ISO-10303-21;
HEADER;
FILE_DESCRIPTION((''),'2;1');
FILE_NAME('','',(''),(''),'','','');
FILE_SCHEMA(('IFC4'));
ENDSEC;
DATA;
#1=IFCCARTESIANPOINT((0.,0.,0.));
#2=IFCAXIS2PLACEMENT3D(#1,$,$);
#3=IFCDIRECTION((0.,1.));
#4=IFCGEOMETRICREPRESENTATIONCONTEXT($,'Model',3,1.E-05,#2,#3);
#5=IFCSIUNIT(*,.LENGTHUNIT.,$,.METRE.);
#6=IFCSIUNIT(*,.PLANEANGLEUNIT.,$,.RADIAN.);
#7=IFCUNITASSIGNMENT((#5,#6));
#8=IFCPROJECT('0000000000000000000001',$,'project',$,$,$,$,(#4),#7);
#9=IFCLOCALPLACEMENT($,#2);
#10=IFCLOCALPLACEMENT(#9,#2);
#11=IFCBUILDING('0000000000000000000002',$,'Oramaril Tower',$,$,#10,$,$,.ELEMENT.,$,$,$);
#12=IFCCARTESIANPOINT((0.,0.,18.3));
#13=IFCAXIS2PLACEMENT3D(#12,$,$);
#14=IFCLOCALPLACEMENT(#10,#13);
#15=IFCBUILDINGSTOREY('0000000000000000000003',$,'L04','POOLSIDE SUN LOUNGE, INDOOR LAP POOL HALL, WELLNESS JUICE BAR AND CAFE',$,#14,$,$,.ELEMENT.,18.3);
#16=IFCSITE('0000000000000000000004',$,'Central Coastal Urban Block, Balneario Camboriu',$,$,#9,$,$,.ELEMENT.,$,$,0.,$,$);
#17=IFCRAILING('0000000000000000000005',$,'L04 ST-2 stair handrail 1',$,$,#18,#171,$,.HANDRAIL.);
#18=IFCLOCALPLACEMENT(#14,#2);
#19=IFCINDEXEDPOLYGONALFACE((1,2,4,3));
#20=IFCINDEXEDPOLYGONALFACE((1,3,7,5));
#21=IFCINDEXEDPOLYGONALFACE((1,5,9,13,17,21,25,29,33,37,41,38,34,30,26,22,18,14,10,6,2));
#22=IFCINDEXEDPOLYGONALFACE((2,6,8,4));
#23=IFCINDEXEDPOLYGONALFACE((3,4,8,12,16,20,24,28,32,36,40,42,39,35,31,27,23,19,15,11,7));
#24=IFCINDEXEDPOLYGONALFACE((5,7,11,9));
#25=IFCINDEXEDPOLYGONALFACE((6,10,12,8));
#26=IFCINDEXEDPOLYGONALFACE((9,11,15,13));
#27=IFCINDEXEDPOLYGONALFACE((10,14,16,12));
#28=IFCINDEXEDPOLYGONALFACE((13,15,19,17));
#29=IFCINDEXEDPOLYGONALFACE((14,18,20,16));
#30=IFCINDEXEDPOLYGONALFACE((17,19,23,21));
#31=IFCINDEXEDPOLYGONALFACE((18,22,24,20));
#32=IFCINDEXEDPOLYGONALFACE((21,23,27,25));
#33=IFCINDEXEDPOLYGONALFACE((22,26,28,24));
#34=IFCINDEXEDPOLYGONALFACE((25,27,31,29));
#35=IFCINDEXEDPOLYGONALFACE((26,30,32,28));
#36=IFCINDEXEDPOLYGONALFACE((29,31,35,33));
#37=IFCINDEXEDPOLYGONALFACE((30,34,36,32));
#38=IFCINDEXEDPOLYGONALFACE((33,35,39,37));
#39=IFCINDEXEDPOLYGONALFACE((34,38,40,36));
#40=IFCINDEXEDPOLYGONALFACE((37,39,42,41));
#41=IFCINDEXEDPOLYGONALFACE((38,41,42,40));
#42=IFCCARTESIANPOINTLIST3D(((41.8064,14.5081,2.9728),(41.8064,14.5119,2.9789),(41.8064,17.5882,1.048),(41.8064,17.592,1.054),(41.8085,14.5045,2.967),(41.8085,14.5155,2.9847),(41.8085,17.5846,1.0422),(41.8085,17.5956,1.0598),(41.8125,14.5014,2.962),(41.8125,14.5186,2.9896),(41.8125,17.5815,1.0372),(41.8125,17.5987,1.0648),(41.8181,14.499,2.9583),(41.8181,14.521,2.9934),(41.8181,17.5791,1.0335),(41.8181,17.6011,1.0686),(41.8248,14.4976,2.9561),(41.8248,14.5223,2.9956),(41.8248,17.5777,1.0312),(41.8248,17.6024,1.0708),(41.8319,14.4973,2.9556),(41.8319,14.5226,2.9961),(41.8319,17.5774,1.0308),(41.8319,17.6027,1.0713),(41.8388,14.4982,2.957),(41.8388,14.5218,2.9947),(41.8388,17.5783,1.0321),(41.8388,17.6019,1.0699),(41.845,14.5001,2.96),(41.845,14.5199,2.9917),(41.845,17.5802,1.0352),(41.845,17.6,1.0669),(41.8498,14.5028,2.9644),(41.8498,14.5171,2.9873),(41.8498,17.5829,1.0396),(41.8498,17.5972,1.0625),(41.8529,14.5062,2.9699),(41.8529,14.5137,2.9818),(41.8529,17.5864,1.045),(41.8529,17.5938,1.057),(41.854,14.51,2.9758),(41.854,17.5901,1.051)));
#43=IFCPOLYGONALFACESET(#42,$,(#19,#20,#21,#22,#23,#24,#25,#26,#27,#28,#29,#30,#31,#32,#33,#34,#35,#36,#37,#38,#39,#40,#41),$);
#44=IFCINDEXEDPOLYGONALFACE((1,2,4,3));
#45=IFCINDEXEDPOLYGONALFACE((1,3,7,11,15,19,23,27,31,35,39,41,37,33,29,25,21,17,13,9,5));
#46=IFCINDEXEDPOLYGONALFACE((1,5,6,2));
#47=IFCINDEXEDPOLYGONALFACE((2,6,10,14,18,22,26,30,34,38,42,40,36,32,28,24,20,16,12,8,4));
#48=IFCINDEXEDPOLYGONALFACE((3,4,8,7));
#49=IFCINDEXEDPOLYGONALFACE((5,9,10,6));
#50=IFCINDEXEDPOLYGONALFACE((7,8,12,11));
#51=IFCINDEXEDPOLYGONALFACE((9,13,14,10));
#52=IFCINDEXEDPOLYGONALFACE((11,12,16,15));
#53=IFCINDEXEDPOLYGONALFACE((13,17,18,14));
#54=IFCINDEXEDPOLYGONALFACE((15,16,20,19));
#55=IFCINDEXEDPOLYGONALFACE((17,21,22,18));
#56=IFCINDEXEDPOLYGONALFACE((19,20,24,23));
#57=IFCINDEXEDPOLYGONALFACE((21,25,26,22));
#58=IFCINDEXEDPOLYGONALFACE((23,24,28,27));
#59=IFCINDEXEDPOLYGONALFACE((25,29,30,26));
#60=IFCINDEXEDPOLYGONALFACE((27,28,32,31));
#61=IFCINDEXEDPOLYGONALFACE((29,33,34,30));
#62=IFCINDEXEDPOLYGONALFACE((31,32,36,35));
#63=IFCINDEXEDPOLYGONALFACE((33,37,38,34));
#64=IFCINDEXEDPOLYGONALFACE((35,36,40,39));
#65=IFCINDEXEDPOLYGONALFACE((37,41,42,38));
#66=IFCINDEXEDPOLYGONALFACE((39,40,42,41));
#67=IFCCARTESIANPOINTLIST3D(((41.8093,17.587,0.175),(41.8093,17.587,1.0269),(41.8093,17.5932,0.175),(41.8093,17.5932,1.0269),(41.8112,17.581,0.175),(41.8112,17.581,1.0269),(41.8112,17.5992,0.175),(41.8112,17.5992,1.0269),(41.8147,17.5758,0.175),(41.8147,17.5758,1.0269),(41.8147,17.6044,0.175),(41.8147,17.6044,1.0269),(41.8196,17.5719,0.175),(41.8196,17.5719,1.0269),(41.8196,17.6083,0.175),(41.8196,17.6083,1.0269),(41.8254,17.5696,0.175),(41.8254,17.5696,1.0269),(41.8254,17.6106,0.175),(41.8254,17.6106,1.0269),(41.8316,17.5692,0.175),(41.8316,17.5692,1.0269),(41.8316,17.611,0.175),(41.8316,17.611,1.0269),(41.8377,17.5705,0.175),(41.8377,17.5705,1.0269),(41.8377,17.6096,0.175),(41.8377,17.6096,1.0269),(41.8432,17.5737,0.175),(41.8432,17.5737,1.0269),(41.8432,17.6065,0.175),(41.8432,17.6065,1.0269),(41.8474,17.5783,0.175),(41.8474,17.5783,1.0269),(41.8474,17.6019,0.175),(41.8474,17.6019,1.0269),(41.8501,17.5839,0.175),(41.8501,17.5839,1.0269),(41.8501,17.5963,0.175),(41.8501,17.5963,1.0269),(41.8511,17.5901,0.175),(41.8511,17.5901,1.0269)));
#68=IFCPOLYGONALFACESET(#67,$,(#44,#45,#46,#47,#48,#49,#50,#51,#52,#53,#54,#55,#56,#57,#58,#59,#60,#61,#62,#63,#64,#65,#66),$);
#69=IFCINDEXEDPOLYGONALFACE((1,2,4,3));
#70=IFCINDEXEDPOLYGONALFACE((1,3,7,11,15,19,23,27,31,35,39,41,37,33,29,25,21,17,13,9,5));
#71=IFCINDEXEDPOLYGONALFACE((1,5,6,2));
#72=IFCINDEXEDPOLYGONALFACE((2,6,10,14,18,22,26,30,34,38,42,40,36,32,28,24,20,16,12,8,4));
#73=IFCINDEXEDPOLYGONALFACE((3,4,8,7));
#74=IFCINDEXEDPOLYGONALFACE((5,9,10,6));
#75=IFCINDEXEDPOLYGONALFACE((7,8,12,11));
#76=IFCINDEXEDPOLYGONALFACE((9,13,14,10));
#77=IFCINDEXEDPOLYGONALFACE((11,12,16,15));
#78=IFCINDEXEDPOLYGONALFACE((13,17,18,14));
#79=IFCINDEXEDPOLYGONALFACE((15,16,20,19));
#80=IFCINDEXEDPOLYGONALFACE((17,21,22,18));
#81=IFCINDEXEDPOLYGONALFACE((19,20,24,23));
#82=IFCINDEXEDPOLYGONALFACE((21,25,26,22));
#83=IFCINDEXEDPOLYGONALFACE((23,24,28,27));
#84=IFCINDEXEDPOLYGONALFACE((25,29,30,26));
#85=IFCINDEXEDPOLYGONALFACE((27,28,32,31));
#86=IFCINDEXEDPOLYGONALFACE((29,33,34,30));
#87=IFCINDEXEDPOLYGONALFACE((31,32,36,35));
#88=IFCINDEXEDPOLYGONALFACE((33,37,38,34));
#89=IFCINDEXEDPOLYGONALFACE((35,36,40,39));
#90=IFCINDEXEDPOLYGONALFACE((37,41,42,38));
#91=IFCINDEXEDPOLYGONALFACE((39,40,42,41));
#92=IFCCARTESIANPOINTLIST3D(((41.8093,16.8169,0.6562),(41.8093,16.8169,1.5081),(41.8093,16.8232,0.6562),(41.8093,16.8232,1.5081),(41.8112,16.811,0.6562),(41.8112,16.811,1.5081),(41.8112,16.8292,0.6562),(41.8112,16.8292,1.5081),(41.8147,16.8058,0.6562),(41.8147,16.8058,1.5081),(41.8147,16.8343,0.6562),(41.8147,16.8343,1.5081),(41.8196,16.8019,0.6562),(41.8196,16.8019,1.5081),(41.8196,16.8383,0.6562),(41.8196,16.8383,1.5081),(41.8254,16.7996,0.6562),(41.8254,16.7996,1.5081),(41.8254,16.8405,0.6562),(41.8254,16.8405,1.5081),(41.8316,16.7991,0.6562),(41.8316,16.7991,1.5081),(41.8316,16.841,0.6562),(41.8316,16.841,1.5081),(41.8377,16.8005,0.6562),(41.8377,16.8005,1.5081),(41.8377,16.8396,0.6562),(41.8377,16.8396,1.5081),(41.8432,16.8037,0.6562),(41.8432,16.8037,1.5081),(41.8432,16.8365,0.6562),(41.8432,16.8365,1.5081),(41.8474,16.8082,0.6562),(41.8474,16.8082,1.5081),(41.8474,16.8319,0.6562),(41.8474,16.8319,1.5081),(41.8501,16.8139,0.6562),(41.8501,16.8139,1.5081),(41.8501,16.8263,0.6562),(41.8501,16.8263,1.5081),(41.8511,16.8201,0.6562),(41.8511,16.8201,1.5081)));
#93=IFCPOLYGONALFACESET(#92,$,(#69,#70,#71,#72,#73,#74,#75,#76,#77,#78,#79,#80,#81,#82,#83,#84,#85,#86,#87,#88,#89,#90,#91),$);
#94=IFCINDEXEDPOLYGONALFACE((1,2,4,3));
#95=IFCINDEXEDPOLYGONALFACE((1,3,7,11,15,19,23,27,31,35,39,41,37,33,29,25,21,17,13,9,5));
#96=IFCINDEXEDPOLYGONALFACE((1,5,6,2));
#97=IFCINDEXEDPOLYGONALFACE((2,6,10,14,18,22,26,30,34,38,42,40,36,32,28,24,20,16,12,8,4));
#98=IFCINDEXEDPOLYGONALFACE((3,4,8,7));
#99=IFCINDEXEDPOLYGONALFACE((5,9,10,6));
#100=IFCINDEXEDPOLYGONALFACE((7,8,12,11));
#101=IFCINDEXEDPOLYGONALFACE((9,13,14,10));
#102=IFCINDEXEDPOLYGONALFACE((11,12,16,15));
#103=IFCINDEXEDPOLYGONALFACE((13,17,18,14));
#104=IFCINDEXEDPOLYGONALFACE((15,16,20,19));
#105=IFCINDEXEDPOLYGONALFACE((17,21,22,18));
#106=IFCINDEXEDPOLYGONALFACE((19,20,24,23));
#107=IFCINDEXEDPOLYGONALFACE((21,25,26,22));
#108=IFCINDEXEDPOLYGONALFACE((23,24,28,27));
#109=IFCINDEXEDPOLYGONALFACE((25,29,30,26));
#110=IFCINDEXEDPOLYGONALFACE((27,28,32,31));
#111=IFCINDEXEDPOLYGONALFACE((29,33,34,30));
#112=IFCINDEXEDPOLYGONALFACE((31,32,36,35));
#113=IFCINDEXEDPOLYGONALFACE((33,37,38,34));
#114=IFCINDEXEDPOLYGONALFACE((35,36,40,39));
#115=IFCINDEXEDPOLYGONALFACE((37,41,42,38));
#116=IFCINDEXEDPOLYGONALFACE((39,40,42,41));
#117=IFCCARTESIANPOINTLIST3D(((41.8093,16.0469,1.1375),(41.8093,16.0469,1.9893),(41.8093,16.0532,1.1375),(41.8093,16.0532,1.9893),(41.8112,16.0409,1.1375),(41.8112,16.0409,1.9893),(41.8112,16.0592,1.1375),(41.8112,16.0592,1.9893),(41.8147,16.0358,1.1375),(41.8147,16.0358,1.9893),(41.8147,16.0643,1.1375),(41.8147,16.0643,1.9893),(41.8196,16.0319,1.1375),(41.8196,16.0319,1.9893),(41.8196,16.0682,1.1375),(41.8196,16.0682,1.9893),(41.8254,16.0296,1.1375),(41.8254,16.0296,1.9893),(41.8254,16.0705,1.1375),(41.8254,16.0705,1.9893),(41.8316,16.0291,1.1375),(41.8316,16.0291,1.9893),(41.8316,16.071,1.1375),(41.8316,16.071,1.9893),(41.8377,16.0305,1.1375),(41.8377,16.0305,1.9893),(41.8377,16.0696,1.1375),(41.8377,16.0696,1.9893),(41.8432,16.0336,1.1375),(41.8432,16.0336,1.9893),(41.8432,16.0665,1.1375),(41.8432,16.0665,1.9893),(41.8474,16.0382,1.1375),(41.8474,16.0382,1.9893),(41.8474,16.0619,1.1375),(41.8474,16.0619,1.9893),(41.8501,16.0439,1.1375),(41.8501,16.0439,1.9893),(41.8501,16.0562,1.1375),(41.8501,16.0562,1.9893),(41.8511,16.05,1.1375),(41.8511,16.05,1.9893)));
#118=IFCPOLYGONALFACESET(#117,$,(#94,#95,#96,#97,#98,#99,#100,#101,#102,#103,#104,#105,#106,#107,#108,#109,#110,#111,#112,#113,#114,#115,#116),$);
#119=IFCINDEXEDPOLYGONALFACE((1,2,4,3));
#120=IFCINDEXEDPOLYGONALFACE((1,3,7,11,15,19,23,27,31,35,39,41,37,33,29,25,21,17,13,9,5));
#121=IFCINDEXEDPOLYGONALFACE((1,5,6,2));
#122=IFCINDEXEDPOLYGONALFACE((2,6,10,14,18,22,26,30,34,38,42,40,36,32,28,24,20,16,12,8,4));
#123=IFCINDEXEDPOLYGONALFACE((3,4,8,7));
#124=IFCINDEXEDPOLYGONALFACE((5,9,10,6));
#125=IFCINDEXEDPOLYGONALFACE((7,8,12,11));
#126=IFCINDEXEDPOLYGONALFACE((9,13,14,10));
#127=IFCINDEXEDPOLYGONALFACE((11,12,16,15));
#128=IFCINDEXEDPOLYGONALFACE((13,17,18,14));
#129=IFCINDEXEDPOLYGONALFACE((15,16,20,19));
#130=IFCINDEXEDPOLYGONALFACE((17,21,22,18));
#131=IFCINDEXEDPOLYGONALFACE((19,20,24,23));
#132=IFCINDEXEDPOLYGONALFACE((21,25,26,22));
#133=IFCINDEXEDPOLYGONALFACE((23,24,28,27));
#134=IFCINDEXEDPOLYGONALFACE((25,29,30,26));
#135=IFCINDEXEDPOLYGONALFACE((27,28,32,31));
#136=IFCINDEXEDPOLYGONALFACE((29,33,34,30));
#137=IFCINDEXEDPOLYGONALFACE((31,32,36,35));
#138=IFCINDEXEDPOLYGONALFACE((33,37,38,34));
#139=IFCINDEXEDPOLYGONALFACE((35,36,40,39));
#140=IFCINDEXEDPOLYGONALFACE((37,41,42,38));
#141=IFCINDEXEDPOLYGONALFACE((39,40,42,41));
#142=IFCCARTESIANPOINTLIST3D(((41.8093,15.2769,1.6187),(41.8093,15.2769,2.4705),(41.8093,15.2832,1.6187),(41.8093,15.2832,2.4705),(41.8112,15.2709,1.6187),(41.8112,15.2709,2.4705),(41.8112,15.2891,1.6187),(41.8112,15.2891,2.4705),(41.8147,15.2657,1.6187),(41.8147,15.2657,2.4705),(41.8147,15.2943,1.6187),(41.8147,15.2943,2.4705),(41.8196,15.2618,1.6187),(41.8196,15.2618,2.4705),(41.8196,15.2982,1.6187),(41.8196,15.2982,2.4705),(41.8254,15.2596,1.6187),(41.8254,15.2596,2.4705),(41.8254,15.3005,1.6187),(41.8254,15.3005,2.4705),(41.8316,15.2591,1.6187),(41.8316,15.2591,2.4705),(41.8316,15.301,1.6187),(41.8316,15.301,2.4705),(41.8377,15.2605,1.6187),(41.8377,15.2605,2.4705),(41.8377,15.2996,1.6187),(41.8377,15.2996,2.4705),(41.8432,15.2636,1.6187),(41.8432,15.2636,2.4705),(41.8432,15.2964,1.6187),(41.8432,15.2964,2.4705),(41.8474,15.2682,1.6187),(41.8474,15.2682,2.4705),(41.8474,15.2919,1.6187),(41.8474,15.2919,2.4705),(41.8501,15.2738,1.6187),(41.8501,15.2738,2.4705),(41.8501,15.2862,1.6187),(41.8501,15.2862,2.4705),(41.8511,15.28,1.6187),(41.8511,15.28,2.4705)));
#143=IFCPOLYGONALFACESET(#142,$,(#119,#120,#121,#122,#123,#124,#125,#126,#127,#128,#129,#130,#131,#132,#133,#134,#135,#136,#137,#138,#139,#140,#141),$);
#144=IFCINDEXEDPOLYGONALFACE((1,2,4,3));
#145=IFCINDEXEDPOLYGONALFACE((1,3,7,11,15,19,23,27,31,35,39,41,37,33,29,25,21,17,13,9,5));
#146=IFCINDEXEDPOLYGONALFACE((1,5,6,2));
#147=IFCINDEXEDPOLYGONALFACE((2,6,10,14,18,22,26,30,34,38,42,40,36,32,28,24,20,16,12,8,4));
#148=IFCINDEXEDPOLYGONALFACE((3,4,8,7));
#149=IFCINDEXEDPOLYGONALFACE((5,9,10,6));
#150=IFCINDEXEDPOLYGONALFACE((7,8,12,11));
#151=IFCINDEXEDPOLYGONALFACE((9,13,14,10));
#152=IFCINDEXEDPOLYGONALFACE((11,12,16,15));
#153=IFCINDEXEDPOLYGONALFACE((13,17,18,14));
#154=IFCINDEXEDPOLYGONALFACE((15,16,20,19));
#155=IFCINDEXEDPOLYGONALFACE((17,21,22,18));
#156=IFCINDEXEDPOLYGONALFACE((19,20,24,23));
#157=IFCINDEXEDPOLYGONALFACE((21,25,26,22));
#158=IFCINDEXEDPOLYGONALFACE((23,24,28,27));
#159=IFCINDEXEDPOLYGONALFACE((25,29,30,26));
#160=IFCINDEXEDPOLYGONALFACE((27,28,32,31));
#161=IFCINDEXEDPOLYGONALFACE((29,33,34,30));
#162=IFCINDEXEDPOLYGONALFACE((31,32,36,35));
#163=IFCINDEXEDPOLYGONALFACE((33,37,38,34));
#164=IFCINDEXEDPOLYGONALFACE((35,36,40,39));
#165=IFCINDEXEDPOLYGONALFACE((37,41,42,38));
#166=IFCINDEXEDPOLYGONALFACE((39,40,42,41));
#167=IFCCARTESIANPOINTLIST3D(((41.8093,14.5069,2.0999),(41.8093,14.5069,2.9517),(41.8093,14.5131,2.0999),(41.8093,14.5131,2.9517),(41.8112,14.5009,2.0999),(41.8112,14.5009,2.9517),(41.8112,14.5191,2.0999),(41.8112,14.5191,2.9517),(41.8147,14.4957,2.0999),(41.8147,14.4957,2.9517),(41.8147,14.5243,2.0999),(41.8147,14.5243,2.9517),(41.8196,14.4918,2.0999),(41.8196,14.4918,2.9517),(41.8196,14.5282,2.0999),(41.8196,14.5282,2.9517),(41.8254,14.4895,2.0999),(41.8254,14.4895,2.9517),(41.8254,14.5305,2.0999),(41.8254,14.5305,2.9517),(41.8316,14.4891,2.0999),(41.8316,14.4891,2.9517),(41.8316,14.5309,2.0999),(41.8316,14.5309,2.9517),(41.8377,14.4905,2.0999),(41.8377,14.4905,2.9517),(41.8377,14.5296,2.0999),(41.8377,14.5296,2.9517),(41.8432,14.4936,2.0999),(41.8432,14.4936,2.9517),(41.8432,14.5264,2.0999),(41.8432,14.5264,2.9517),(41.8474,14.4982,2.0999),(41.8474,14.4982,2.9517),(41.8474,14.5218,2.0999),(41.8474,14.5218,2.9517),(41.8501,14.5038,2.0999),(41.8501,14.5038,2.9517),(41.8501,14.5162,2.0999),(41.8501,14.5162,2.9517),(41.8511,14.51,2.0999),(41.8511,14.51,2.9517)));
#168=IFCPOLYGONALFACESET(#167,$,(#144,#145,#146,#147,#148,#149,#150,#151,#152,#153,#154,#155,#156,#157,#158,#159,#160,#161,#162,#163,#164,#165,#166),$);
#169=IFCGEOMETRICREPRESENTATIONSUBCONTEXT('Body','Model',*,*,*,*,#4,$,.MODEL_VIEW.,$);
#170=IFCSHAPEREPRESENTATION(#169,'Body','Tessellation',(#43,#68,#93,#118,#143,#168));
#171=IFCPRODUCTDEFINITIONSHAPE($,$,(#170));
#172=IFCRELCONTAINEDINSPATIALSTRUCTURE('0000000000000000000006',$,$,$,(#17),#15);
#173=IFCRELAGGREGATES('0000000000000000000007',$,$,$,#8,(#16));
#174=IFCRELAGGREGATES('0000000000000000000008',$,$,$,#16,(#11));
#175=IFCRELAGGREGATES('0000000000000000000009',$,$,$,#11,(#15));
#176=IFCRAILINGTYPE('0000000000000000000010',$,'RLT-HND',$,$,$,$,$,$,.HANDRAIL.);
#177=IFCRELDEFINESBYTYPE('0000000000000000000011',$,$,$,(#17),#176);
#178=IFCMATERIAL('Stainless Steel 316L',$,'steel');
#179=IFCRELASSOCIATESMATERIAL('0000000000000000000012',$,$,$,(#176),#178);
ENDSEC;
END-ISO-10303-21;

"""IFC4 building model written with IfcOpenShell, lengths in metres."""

from ifc_helpers import new_model, si_unit, direction, frame, origin, origin_2d, place, context, subcontext, project, spatial, circle, extrude, material, type_object, element, save


model = new_model("IFC4")

# Units and contexts
model_context = context("Model", 3, precision=1e-05, world=origin(), true_north=direction((0.0, 1.0)))
body_context = subcontext(model_context, "Body", "Model", "MODEL_VIEW")
ifc_project = project(units=[si_unit("LENGTHUNIT", "METRE"), si_unit("PLANEANGLEUNIT", "RADIAN")], contexts=[model_context])

# Site, building, storey
site_placement = place(None, origin())
site = spatial("IfcSite", under=ifc_project, at=site_placement, Name="Central Coastal Urban Block, Balneario Camboriu", CompositionType="ELEMENT", RefElevation=0.0)
building_placement = place(site_placement, origin())
building = spatial("IfcBuilding", under=site, at=building_placement, Name="Oramaril Tower", CompositionType="ELEMENT")
storey_placement = place(building_placement, frame((0.0, 0.0, 18.3)))
storey = spatial("IfcBuildingStorey", under=building, at=storey_placement, Name="L04", Description="POOLSIDE SUN LOUNGE, INDOOR LAP POOL HALL, WELLNESS JUICE BAR AND CAFE", CompositionType="ELEMENT", Elevation=18.3)

# Railing
ifc_material_1 = material(Name="Stainless Steel 316L", Category="steel")
railing_type_1 = type_object("IfcRailingType", Name="RLT-HND", PredefinedType="HANDRAIL", material=ifc_material_1)
railing_1_placement = place(storey_placement, frame((41.8301, 17.5901, 0.175)))
element("IfcRailing", 1, at=railing_1_placement, inside=storey, type_object=railing_type_1, Name="L04 ST-2 stair handrail 1", PredefinedType="HANDRAIL", context=body_context, shape_type="SweptSolid", body=[
    extrude(circle(Radius=0.0239, at=origin_2d()), frame((0.0, 0.0, 0.876), z_axis=(0.0, -0.848029, 0.529951), x_axis=(1.0, 0.0, 0.0)), (0.0, 0.0, 1.0), 3.6321),
    extrude(circle(Radius=0.021, at=origin_2d()), origin(), (0.0, 0.0, 1.0), 0.8518),
    extrude(circle(Radius=0.021, at=origin_2d()), frame((0.0, -0.77, 0.4812)), (0.0, 0.0, 1.0), 0.8518),
    extrude(circle(Radius=0.021, at=origin_2d()), frame((0.0, -1.54, 0.9624)), (0.0, 0.0, 1.0), 0.8518),
    extrude(circle(Radius=0.021, at=origin_2d()), frame((0.0, -2.3101, 1.4436)), (0.0, 0.0, 1.0), 0.8518),
    extrude(circle(Radius=0.021, at=origin_2d()), frame((0.0, -3.0801, 1.9248)), (0.0, 0.0, 1.0), 0.8518),
])

save(model, "model.ifc")
